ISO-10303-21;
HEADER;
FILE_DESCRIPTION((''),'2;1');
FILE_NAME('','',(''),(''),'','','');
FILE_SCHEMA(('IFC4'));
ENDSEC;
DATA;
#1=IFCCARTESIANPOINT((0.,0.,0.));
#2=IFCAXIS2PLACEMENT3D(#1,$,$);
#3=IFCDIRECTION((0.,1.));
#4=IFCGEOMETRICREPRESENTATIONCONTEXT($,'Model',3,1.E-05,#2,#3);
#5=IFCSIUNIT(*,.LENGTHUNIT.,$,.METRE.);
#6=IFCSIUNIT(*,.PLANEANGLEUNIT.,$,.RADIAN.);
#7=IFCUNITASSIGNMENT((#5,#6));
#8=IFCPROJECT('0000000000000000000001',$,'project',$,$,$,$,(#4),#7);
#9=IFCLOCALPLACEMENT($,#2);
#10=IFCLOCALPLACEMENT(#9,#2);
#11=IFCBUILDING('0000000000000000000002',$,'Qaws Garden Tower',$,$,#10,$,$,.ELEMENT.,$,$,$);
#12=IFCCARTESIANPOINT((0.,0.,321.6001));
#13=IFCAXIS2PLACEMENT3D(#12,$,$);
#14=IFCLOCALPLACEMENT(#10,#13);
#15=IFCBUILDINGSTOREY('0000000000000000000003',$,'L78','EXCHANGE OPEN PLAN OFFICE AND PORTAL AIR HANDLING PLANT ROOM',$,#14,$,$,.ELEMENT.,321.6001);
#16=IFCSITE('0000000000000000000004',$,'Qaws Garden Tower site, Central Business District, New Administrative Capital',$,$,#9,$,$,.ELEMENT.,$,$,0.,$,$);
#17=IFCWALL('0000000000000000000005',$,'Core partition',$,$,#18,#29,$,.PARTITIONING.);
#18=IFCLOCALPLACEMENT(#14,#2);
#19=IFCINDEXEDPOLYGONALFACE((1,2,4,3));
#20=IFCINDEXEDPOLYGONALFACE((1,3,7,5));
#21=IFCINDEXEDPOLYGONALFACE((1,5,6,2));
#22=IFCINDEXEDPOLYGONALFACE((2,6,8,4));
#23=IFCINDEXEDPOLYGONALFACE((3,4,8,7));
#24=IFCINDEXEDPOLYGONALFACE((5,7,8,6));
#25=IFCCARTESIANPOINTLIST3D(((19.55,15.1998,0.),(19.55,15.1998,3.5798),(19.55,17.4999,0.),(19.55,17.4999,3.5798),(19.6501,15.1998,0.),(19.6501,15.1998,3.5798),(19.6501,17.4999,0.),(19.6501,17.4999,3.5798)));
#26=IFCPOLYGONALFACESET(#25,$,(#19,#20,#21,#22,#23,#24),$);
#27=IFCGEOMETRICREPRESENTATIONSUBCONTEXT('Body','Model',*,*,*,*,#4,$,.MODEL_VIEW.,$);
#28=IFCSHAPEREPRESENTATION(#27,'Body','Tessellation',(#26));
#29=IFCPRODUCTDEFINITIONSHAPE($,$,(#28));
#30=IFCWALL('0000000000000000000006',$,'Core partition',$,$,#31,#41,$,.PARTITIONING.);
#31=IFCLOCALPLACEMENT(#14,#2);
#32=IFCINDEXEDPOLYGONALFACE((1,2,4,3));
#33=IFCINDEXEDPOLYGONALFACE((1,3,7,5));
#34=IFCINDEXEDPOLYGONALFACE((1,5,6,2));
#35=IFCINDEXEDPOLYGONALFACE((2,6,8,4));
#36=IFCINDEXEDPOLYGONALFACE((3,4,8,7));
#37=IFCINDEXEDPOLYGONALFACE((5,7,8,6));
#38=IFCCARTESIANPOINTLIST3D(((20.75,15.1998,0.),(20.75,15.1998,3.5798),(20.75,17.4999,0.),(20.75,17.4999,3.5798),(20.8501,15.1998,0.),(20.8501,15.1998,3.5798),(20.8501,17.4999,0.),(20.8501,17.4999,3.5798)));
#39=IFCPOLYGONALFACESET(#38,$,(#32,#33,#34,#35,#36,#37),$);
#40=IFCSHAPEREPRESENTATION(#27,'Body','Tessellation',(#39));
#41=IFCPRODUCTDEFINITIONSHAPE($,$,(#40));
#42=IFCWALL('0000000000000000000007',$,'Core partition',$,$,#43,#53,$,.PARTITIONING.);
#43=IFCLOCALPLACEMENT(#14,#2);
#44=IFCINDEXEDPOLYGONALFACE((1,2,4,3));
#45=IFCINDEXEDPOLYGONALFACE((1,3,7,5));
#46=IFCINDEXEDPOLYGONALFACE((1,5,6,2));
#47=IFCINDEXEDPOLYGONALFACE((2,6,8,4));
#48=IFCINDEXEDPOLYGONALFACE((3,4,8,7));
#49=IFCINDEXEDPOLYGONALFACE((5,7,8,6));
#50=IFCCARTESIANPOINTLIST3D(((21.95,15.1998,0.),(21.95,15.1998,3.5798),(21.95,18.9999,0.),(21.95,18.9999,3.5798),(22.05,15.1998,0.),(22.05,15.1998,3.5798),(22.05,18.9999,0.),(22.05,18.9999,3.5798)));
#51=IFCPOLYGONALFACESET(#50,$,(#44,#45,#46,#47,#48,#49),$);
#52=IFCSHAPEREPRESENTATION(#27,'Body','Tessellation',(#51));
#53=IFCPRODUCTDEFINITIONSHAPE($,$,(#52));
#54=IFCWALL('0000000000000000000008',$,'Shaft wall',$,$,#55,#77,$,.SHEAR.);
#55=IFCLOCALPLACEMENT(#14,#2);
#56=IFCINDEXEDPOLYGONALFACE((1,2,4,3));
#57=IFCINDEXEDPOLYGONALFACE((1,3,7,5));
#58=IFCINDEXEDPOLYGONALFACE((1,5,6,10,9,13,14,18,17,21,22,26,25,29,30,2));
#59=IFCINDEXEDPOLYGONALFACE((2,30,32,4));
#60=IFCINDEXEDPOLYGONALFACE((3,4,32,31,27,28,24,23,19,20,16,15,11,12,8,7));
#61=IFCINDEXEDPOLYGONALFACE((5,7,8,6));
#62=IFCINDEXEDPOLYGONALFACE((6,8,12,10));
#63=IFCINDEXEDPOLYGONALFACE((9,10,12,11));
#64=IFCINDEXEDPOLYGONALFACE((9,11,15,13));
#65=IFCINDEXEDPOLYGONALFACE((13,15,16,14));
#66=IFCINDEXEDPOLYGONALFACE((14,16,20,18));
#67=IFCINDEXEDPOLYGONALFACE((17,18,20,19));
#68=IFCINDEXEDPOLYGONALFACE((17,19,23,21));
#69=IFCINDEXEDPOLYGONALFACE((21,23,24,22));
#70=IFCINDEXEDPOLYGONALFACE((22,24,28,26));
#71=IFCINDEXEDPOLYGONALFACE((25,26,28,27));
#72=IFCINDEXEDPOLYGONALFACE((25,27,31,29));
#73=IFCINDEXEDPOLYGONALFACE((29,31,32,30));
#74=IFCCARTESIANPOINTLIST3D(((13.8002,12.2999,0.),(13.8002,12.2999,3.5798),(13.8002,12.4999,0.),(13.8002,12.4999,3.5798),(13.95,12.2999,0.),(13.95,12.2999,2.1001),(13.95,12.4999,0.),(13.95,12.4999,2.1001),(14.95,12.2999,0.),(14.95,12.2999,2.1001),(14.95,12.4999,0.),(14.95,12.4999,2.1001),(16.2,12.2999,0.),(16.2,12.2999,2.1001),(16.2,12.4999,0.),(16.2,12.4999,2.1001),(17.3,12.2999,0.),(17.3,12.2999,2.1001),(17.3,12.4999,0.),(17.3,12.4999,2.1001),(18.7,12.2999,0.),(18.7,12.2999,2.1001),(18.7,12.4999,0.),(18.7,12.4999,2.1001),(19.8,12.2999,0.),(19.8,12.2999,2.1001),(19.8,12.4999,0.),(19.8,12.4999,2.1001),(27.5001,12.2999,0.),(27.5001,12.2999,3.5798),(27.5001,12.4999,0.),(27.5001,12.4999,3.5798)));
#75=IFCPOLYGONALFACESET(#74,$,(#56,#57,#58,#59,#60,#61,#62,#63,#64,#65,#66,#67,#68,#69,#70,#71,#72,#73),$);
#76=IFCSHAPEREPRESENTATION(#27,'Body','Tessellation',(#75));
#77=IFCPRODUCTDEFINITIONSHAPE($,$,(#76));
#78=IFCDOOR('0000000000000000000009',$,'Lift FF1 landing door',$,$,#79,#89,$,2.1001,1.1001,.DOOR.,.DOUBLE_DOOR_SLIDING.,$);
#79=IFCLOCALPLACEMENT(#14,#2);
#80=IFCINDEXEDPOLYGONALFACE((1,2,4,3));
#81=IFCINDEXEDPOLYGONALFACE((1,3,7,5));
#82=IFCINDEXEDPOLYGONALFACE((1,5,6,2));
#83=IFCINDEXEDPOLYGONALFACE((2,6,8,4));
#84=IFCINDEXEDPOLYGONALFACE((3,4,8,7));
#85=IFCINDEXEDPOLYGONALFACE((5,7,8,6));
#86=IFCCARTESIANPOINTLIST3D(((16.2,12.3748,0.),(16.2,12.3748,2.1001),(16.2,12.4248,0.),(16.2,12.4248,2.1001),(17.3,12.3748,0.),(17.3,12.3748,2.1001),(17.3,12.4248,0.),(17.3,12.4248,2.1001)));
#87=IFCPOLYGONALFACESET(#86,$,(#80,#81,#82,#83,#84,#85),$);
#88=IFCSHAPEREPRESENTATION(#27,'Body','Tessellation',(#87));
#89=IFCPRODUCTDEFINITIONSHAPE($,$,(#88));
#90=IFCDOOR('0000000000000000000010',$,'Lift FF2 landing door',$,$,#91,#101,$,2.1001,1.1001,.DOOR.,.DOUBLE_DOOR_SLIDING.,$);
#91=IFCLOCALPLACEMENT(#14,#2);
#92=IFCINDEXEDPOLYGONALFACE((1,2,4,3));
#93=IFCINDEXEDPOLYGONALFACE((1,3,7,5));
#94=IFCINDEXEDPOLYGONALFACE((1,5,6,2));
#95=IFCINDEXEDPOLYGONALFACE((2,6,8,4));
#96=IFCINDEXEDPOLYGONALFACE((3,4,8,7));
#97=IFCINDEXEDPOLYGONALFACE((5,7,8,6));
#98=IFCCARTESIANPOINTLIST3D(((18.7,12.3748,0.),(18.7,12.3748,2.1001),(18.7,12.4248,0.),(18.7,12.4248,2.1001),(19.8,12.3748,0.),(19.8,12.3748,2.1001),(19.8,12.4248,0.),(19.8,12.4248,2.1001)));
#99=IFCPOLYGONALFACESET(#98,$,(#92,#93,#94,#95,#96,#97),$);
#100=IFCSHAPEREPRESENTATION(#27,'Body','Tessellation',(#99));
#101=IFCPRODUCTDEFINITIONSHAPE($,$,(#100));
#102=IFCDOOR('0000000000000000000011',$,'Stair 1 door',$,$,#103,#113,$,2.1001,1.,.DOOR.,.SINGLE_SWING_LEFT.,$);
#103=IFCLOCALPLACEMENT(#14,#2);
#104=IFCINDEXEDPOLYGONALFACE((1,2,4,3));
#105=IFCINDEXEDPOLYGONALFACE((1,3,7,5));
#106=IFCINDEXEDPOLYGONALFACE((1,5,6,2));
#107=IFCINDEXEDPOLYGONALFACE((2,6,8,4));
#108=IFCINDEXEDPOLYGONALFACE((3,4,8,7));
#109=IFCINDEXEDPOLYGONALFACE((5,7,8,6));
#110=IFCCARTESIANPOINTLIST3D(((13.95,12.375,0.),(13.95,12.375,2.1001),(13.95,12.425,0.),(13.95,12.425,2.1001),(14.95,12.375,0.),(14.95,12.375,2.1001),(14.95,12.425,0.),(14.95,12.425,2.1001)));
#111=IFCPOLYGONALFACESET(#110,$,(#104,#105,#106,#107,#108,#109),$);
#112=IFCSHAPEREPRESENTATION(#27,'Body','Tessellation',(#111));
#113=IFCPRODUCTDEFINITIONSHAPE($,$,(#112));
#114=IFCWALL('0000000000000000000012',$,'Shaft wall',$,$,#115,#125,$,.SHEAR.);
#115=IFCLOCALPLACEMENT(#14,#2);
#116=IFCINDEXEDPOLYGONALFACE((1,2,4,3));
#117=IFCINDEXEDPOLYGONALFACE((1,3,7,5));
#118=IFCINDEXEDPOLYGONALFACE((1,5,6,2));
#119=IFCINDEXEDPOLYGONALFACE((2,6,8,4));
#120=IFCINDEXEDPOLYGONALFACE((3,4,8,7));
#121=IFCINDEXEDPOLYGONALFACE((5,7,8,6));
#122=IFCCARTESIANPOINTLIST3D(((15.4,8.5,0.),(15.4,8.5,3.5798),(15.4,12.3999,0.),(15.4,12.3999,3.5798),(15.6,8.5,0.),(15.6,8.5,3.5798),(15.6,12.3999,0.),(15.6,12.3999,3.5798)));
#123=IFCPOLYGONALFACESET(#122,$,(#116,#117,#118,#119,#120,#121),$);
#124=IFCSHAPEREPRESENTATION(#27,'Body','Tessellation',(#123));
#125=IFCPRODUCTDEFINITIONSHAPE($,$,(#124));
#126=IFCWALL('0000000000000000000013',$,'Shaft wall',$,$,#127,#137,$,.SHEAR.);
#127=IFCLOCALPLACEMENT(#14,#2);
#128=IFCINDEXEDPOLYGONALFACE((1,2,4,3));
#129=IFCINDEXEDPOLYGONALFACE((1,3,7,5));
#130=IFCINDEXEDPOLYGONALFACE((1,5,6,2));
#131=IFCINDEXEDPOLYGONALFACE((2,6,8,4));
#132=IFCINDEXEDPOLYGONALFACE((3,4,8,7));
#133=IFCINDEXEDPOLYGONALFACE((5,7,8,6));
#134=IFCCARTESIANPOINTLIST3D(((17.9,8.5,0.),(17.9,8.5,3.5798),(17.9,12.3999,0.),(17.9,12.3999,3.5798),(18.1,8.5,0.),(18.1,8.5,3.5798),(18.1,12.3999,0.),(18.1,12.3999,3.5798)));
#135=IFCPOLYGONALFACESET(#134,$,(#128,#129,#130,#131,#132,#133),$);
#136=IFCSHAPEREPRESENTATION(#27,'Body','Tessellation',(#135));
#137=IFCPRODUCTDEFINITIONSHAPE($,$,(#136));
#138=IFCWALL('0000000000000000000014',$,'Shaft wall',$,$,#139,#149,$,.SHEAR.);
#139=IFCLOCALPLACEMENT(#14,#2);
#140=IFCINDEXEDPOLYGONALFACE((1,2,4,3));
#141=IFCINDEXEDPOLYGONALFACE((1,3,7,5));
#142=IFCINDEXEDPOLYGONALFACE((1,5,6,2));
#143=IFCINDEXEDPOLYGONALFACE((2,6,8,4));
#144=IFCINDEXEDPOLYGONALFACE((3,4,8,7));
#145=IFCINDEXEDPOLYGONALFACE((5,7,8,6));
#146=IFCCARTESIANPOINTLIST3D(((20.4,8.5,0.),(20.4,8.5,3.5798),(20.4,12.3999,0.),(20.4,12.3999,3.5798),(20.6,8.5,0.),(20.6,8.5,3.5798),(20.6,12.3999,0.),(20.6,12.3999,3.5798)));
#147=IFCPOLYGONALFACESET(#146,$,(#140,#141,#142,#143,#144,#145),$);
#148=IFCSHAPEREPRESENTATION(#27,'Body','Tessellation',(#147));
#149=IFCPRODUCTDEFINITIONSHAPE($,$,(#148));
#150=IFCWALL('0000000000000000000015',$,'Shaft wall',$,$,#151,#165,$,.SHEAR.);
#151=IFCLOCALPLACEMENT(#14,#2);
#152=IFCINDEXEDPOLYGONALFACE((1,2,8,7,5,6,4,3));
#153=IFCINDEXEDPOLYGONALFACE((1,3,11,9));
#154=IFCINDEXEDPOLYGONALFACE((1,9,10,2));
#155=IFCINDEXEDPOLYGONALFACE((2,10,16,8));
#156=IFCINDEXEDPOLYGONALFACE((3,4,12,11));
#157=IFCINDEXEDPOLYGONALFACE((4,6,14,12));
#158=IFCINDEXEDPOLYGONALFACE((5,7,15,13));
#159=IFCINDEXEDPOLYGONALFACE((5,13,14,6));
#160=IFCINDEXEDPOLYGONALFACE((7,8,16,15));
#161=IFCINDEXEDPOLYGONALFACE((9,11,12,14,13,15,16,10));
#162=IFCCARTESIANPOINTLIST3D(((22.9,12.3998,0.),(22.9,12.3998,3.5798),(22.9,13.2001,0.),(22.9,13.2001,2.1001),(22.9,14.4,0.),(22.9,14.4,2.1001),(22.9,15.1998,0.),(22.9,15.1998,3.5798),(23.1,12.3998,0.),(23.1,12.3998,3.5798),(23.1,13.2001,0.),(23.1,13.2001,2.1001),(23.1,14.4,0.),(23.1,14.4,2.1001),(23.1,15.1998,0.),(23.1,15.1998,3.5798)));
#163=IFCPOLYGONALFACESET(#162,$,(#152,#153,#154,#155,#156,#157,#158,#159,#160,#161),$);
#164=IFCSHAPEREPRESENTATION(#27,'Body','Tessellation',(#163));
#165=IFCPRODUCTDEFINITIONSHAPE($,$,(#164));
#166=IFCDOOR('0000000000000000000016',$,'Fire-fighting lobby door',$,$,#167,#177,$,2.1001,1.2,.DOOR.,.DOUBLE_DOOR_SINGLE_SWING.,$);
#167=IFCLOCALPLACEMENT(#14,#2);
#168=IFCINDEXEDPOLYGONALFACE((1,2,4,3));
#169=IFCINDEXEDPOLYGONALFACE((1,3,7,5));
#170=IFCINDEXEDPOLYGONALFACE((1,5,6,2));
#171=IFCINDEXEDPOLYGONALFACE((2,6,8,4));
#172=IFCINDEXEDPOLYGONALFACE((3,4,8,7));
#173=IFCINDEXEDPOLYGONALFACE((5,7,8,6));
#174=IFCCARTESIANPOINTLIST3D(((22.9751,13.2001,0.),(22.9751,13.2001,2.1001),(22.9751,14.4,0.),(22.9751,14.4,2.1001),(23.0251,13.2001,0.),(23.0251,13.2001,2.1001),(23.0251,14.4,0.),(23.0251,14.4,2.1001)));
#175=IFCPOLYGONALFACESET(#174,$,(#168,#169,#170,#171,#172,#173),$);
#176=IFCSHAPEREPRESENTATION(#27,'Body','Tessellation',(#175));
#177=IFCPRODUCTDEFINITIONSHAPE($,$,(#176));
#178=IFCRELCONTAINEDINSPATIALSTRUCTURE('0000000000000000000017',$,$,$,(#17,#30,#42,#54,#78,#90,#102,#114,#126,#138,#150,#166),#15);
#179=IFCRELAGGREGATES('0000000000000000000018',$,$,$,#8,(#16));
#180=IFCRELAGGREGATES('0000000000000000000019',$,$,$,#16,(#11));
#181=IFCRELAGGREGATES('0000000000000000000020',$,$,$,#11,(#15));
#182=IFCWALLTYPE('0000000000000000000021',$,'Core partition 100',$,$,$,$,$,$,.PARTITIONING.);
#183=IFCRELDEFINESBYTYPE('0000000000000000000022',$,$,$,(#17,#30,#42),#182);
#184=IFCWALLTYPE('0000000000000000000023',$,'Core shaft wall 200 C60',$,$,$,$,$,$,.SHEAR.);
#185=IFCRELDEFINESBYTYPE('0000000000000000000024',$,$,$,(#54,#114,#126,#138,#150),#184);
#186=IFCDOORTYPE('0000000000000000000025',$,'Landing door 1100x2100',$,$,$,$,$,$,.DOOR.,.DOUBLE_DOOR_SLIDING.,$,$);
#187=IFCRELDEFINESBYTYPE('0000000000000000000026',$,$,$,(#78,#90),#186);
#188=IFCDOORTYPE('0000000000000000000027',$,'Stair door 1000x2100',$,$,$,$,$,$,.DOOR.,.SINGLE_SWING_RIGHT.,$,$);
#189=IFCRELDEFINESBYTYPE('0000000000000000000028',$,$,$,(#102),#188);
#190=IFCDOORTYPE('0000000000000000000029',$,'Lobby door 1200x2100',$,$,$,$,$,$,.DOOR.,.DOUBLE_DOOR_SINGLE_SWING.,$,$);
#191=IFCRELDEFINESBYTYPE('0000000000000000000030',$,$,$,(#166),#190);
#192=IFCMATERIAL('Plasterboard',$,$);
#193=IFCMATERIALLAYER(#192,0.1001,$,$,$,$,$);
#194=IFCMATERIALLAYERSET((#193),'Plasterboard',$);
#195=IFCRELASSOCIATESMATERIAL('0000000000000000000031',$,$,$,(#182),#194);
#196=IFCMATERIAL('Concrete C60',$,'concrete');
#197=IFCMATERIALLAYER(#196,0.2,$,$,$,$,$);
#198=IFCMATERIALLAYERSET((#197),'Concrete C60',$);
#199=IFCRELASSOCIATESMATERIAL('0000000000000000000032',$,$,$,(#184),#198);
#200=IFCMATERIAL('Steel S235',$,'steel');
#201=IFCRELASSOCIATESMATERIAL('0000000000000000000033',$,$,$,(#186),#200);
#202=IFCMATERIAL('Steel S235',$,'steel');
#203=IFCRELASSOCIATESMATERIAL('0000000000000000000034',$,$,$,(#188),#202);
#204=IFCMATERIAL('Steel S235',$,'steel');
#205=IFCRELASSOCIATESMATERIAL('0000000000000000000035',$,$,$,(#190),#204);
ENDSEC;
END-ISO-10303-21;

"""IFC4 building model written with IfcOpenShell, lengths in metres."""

from ifc_helpers import new_model, si_unit, direction, frame, frame_2d, origin, place, context, subcontext, project, spatial, rectangle, extrude, material, layer, layer_set, type_object, element, fill, save


model = new_model("IFC4")

# Units and contexts
model_context = context("Model", 3, precision=1e-05, world=origin(), true_north=direction((0.0, 1.0)))
body_context = subcontext(model_context, "Body", "Model", "MODEL_VIEW")
ifc_project = project(units=[si_unit("LENGTHUNIT", "METRE"), si_unit("PLANEANGLEUNIT", "RADIAN")], contexts=[model_context])

# Site, building, storey
site_placement = place(None, origin())
site = spatial("IfcSite", under=ifc_project, at=site_placement, Name="Qaws Garden Tower site, Central Business District, New Administrative Capital", CompositionType="ELEMENT", RefElevation=0.0)
building_placement = place(site_placement, origin())
building = spatial("IfcBuilding", under=site, at=building_placement, Name="Qaws Garden Tower", CompositionType="ELEMENT")
storey_placement = place(building_placement, frame((0.0, 0.0, 321.6001)))
storey = spatial("IfcBuildingStorey", under=building, at=storey_placement, Name="L78", Description="EXCHANGE OPEN PLAN OFFICE AND PORTAL AIR HANDLING PLANT ROOM", CompositionType="ELEMENT", Elevation=321.6001)

# Walls
ifc_material_1 = material(Name="Plasterboard")
ifc_layer_1 = layer(ifc_material_1, 0.1001)
ifc_layer_set_1 = layer_set([ifc_layer_1], Name="Plasterboard")
wall_type_1 = type_object("IfcWallType", Name="Core partition 100", PredefinedType="PARTITIONING", material=ifc_layer_set_1)
for number, where, z_axis, x_axis, name in (
    (1, (19.6001, 15.2, 0.0), (0.0, 0.0, 1.0), (0.0, 1.0, 0.0), "Core partition"),
    (2, (20.8, 15.2, 0.0), (0.0, 0.0, 1.0), (0.0, 1.0, 0.0), "Core partition"),
):
    element("IfcWall", number, at=place(storey_placement, frame(where, z_axis=z_axis, x_axis=x_axis)), inside=storey, type_object=wall_type_1, Name=name, PredefinedType="PARTITIONING", context=body_context, shape_type="SweptSolid", body=[
        extrude(rectangle(XDim=2.3, YDim=0.1001, at=frame_2d((1.1499, 0.0))), origin(), (0.0, 0.0, 1.0), 3.5798),
    ])
wall_1_placement = place(storey_placement, frame((22.0, 15.2, 0.0), z_axis=(0.0, 0.0, 1.0), x_axis=(0.0, 1.0, 0.0)))
element("IfcWall", 3, at=wall_1_placement, inside=storey, type_object=wall_type_1, Name="Core partition", PredefinedType="PARTITIONING", context=body_context, shape_type="SweptSolid", body=[
    extrude(rectangle(XDim=3.8, YDim=0.1001, at=frame_2d((1.8999, 0.0))), origin(), (0.0, 0.0, 1.0), 3.5798),
])

# Wall, openings, doors
ifc_material_2 = material(Name="Concrete C60", Category="concrete")
ifc_layer_2 = layer(ifc_material_2, 0.2)
ifc_layer_set_2 = layer_set([ifc_layer_2], Name="Concrete C60")
wall_type_2 = type_object("IfcWallType", Name="Core shaft wall 200 C60", PredefinedType="SHEAR", material=ifc_layer_set_2)
wall_2_placement = place(storey_placement, frame((13.8, 12.3999, 0.0), z_axis=(0.0, 0.0, 1.0), x_axis=(1.0, 0.0, 0.0)))
wall_2 = element("IfcWall", 4, at=wall_2_placement, inside=storey, type_object=wall_type_2, Name="Shaft wall", PredefinedType="SHEAR", context=body_context, shape_type="SweptSolid", body=[
    extrude(rectangle(XDim=13.7, YDim=0.2, at=frame_2d((6.8501, 0.0))), origin(), (0.0, 0.0, 1.0), 3.5798),
])
opening_1_placement = place(wall_2_placement, frame((2.3999, 0.0, 0.0)))
opening_1 = element("IfcOpeningElement", 5, at=opening_1_placement, cuts=wall_2, PredefinedType="OPENING", context=body_context, shape_type="SweptSolid", body=[
    extrude(rectangle(XDim=1.1001, YDim=2.1001, at=frame_2d((0.55, 1.05))), frame((0.0, 0.1099, 0.0), z_axis=(0.0, -1.0, 0.0), x_axis=(1.0, 0.0, 0.0)), (0.0, 0.0, 1.0), 0.22),
])
opening_2_placement = place(wall_2_placement, frame((4.8999, 0.0, 0.0)))
opening_2 = element("IfcOpeningElement", 6, at=opening_2_placement, cuts=wall_2, PredefinedType="OPENING", context=body_context, shape_type="SweptSolid", body=[
    extrude(rectangle(XDim=1.1001, YDim=2.1001, at=frame_2d((0.55, 1.05))), frame((0.0, 0.1099, 0.0), z_axis=(0.0, -1.0, 0.0), x_axis=(1.0, 0.0, 0.0)), (0.0, 0.0, 1.0), 0.22),
])
opening_3_placement = place(wall_2_placement, frame((0.1499, 0.0, 0.0)))
opening_3 = element("IfcOpeningElement", 7, at=opening_3_placement, cuts=wall_2, PredefinedType="OPENING", context=body_context, shape_type="SweptSolid", body=[
    extrude(rectangle(XDim=1.0, YDim=2.1001, at=frame_2d((0.5, 1.05))), frame((0.0, 0.1099, 0.0), z_axis=(0.0, -1.0, 0.0), x_axis=(1.0, 0.0, 0.0)), (0.0, 0.0, 1.0), 0.22),
])
ifc_material_3 = material(Name="Steel S235", Category="steel")
door_type_1 = type_object("IfcDoorType", Name="Landing door 1100x2100", OperationType="DOUBLE_DOOR_SLIDING", PredefinedType="DOOR", material=ifc_material_3)
door_1_placement = place(opening_1_placement, origin())
door_1 = element("IfcDoor", 8, at=door_1_placement, inside=storey, type_object=door_type_1, Name="Lift FF1 landing door", OperationType="DOUBLE_DOOR_SLIDING", OverallHeight=2.1001, OverallWidth=1.1001, PredefinedType="DOOR", context=body_context, shape_type="SweptSolid", body=[
    extrude(rectangle(XDim=1.1001, YDim=2.1001, at=frame_2d((0.55, 1.05))), frame((0.0, 0.0249, 0.0), z_axis=(0.0, -1.0, 0.0), x_axis=(1.0, 0.0, 0.0)), (0.0, 0.0, 1.0), 0.05),
])
fill(opening_1, door_1)
door_2_placement = place(opening_2_placement, origin())
door_2 = element("IfcDoor", 9, at=door_2_placement, inside=storey, type_object=door_type_1, Name="Lift FF2 landing door", OperationType="DOUBLE_DOOR_SLIDING", OverallHeight=2.1001, OverallWidth=1.1001, PredefinedType="DOOR", context=body_context, shape_type="SweptSolid", body=[
    extrude(rectangle(XDim=1.1001, YDim=2.1001, at=frame_2d((0.55, 1.05))), frame((0.0, 0.0249, 0.0), z_axis=(0.0, -1.0, 0.0), x_axis=(1.0, 0.0, 0.0)), (0.0, 0.0, 1.0), 0.05),
])
fill(opening_2, door_2)
ifc_material_4 = material(Name="Steel S235", Category="steel")
door_type_2 = type_object("IfcDoorType", Name="Stair door 1000x2100", OperationType="SINGLE_SWING_RIGHT", PredefinedType="DOOR", material=ifc_material_4)
door_3_placement = place(opening_3_placement, frame((1.0, 0.0, 0.0), z_axis=(0.0, 0.0, 1.0), x_axis=(-1.0, 0.0, 0.0)))
door_3 = element("IfcDoor", 10, at=door_3_placement, inside=storey, type_object=door_type_2, Name="Stair 1 door", OperationType="SINGLE_SWING_LEFT", OverallHeight=2.1001, OverallWidth=1.0, PredefinedType="DOOR", context=body_context, shape_type="SweptSolid", body=[
    extrude(rectangle(XDim=1.0, YDim=2.1001, at=frame_2d((0.5, 1.05))), frame((0.0, 0.0249, 0.0), z_axis=(0.0, -1.0, 0.0), x_axis=(1.0, 0.0, 0.0)), (0.0, 0.0, 1.0), 0.05),
])
fill(opening_3, door_3)

# Walls
for number, where, z_axis, x_axis, name in (
    (11, (15.5, 8.5, 0.0), (0.0, 0.0, 1.0), (0.0, 1.0, 0.0), "Shaft wall"),
    (12, (18.0, 8.5, 0.0), (0.0, 0.0, 1.0), (0.0, 1.0, 0.0), "Shaft wall"),
    (13, (20.5, 8.5, 0.0), (0.0, 0.0, 1.0), (0.0, 1.0, 0.0), "Shaft wall"),
):
    element("IfcWall", number, at=place(storey_placement, frame(where, z_axis=z_axis, x_axis=x_axis)), inside=storey, type_object=wall_type_2, Name=name, PredefinedType="SHEAR", context=body_context, shape_type="SweptSolid", body=[
        extrude(rectangle(XDim=3.8999, YDim=0.2, at=frame_2d((1.95, 0.0))), origin(), (0.0, 0.0, 1.0), 3.5798),
    ])

# Wall, opening, door
wall_3_placement = place(storey_placement, frame((23.0, 12.3999, 0.0), z_axis=(0.0, 0.0, 1.0), x_axis=(0.0, 1.0, 0.0)))
wall_3 = element("IfcWall", 14, at=wall_3_placement, inside=storey, type_object=wall_type_2, Name="Shaft wall", PredefinedType="SHEAR", context=body_context, shape_type="SweptSolid", body=[
    extrude(rectangle(XDim=2.8, YDim=0.2, at=frame_2d((1.3999, 0.0))), origin(), (0.0, 0.0, 1.0), 3.5798),
])
opening_4_placement = place(wall_3_placement, frame((0.8, 0.0, 0.0)))
opening_4 = element("IfcOpeningElement", 15, at=opening_4_placement, cuts=wall_3, PredefinedType="OPENING", context=body_context, shape_type="SweptSolid", body=[
    extrude(rectangle(XDim=1.2, YDim=2.1001, at=frame_2d((0.6001, 1.05))), frame((0.0, 0.1099, 0.0), z_axis=(0.0, -1.0, 0.0), x_axis=(1.0, 0.0, 0.0)), (0.0, 0.0, 1.0), 0.22),
])
ifc_material_5 = material(Name="Steel S235", Category="steel")
door_type_3 = type_object("IfcDoorType", Name="Lobby door 1200x2100", OperationType="DOUBLE_DOOR_SINGLE_SWING", PredefinedType="DOOR", material=ifc_material_5)
door_4_placement = place(opening_4_placement, origin())
door_4 = element("IfcDoor", 16, at=door_4_placement, inside=storey, type_object=door_type_3, Name="Fire-fighting lobby door", OperationType="DOUBLE_DOOR_SINGLE_SWING", OverallHeight=2.1001, OverallWidth=1.2, PredefinedType="DOOR", context=body_context, shape_type="SweptSolid", body=[
    extrude(rectangle(XDim=1.2, YDim=2.1001, at=frame_2d((0.6001, 1.05))), frame((0.0, 0.0249, 0.0), z_axis=(0.0, -1.0, 0.0), x_axis=(1.0, 0.0, 0.0)), (0.0, 0.0, 1.0), 0.05),
])
fill(opening_4, door_4)

save(model, "model.ifc")
